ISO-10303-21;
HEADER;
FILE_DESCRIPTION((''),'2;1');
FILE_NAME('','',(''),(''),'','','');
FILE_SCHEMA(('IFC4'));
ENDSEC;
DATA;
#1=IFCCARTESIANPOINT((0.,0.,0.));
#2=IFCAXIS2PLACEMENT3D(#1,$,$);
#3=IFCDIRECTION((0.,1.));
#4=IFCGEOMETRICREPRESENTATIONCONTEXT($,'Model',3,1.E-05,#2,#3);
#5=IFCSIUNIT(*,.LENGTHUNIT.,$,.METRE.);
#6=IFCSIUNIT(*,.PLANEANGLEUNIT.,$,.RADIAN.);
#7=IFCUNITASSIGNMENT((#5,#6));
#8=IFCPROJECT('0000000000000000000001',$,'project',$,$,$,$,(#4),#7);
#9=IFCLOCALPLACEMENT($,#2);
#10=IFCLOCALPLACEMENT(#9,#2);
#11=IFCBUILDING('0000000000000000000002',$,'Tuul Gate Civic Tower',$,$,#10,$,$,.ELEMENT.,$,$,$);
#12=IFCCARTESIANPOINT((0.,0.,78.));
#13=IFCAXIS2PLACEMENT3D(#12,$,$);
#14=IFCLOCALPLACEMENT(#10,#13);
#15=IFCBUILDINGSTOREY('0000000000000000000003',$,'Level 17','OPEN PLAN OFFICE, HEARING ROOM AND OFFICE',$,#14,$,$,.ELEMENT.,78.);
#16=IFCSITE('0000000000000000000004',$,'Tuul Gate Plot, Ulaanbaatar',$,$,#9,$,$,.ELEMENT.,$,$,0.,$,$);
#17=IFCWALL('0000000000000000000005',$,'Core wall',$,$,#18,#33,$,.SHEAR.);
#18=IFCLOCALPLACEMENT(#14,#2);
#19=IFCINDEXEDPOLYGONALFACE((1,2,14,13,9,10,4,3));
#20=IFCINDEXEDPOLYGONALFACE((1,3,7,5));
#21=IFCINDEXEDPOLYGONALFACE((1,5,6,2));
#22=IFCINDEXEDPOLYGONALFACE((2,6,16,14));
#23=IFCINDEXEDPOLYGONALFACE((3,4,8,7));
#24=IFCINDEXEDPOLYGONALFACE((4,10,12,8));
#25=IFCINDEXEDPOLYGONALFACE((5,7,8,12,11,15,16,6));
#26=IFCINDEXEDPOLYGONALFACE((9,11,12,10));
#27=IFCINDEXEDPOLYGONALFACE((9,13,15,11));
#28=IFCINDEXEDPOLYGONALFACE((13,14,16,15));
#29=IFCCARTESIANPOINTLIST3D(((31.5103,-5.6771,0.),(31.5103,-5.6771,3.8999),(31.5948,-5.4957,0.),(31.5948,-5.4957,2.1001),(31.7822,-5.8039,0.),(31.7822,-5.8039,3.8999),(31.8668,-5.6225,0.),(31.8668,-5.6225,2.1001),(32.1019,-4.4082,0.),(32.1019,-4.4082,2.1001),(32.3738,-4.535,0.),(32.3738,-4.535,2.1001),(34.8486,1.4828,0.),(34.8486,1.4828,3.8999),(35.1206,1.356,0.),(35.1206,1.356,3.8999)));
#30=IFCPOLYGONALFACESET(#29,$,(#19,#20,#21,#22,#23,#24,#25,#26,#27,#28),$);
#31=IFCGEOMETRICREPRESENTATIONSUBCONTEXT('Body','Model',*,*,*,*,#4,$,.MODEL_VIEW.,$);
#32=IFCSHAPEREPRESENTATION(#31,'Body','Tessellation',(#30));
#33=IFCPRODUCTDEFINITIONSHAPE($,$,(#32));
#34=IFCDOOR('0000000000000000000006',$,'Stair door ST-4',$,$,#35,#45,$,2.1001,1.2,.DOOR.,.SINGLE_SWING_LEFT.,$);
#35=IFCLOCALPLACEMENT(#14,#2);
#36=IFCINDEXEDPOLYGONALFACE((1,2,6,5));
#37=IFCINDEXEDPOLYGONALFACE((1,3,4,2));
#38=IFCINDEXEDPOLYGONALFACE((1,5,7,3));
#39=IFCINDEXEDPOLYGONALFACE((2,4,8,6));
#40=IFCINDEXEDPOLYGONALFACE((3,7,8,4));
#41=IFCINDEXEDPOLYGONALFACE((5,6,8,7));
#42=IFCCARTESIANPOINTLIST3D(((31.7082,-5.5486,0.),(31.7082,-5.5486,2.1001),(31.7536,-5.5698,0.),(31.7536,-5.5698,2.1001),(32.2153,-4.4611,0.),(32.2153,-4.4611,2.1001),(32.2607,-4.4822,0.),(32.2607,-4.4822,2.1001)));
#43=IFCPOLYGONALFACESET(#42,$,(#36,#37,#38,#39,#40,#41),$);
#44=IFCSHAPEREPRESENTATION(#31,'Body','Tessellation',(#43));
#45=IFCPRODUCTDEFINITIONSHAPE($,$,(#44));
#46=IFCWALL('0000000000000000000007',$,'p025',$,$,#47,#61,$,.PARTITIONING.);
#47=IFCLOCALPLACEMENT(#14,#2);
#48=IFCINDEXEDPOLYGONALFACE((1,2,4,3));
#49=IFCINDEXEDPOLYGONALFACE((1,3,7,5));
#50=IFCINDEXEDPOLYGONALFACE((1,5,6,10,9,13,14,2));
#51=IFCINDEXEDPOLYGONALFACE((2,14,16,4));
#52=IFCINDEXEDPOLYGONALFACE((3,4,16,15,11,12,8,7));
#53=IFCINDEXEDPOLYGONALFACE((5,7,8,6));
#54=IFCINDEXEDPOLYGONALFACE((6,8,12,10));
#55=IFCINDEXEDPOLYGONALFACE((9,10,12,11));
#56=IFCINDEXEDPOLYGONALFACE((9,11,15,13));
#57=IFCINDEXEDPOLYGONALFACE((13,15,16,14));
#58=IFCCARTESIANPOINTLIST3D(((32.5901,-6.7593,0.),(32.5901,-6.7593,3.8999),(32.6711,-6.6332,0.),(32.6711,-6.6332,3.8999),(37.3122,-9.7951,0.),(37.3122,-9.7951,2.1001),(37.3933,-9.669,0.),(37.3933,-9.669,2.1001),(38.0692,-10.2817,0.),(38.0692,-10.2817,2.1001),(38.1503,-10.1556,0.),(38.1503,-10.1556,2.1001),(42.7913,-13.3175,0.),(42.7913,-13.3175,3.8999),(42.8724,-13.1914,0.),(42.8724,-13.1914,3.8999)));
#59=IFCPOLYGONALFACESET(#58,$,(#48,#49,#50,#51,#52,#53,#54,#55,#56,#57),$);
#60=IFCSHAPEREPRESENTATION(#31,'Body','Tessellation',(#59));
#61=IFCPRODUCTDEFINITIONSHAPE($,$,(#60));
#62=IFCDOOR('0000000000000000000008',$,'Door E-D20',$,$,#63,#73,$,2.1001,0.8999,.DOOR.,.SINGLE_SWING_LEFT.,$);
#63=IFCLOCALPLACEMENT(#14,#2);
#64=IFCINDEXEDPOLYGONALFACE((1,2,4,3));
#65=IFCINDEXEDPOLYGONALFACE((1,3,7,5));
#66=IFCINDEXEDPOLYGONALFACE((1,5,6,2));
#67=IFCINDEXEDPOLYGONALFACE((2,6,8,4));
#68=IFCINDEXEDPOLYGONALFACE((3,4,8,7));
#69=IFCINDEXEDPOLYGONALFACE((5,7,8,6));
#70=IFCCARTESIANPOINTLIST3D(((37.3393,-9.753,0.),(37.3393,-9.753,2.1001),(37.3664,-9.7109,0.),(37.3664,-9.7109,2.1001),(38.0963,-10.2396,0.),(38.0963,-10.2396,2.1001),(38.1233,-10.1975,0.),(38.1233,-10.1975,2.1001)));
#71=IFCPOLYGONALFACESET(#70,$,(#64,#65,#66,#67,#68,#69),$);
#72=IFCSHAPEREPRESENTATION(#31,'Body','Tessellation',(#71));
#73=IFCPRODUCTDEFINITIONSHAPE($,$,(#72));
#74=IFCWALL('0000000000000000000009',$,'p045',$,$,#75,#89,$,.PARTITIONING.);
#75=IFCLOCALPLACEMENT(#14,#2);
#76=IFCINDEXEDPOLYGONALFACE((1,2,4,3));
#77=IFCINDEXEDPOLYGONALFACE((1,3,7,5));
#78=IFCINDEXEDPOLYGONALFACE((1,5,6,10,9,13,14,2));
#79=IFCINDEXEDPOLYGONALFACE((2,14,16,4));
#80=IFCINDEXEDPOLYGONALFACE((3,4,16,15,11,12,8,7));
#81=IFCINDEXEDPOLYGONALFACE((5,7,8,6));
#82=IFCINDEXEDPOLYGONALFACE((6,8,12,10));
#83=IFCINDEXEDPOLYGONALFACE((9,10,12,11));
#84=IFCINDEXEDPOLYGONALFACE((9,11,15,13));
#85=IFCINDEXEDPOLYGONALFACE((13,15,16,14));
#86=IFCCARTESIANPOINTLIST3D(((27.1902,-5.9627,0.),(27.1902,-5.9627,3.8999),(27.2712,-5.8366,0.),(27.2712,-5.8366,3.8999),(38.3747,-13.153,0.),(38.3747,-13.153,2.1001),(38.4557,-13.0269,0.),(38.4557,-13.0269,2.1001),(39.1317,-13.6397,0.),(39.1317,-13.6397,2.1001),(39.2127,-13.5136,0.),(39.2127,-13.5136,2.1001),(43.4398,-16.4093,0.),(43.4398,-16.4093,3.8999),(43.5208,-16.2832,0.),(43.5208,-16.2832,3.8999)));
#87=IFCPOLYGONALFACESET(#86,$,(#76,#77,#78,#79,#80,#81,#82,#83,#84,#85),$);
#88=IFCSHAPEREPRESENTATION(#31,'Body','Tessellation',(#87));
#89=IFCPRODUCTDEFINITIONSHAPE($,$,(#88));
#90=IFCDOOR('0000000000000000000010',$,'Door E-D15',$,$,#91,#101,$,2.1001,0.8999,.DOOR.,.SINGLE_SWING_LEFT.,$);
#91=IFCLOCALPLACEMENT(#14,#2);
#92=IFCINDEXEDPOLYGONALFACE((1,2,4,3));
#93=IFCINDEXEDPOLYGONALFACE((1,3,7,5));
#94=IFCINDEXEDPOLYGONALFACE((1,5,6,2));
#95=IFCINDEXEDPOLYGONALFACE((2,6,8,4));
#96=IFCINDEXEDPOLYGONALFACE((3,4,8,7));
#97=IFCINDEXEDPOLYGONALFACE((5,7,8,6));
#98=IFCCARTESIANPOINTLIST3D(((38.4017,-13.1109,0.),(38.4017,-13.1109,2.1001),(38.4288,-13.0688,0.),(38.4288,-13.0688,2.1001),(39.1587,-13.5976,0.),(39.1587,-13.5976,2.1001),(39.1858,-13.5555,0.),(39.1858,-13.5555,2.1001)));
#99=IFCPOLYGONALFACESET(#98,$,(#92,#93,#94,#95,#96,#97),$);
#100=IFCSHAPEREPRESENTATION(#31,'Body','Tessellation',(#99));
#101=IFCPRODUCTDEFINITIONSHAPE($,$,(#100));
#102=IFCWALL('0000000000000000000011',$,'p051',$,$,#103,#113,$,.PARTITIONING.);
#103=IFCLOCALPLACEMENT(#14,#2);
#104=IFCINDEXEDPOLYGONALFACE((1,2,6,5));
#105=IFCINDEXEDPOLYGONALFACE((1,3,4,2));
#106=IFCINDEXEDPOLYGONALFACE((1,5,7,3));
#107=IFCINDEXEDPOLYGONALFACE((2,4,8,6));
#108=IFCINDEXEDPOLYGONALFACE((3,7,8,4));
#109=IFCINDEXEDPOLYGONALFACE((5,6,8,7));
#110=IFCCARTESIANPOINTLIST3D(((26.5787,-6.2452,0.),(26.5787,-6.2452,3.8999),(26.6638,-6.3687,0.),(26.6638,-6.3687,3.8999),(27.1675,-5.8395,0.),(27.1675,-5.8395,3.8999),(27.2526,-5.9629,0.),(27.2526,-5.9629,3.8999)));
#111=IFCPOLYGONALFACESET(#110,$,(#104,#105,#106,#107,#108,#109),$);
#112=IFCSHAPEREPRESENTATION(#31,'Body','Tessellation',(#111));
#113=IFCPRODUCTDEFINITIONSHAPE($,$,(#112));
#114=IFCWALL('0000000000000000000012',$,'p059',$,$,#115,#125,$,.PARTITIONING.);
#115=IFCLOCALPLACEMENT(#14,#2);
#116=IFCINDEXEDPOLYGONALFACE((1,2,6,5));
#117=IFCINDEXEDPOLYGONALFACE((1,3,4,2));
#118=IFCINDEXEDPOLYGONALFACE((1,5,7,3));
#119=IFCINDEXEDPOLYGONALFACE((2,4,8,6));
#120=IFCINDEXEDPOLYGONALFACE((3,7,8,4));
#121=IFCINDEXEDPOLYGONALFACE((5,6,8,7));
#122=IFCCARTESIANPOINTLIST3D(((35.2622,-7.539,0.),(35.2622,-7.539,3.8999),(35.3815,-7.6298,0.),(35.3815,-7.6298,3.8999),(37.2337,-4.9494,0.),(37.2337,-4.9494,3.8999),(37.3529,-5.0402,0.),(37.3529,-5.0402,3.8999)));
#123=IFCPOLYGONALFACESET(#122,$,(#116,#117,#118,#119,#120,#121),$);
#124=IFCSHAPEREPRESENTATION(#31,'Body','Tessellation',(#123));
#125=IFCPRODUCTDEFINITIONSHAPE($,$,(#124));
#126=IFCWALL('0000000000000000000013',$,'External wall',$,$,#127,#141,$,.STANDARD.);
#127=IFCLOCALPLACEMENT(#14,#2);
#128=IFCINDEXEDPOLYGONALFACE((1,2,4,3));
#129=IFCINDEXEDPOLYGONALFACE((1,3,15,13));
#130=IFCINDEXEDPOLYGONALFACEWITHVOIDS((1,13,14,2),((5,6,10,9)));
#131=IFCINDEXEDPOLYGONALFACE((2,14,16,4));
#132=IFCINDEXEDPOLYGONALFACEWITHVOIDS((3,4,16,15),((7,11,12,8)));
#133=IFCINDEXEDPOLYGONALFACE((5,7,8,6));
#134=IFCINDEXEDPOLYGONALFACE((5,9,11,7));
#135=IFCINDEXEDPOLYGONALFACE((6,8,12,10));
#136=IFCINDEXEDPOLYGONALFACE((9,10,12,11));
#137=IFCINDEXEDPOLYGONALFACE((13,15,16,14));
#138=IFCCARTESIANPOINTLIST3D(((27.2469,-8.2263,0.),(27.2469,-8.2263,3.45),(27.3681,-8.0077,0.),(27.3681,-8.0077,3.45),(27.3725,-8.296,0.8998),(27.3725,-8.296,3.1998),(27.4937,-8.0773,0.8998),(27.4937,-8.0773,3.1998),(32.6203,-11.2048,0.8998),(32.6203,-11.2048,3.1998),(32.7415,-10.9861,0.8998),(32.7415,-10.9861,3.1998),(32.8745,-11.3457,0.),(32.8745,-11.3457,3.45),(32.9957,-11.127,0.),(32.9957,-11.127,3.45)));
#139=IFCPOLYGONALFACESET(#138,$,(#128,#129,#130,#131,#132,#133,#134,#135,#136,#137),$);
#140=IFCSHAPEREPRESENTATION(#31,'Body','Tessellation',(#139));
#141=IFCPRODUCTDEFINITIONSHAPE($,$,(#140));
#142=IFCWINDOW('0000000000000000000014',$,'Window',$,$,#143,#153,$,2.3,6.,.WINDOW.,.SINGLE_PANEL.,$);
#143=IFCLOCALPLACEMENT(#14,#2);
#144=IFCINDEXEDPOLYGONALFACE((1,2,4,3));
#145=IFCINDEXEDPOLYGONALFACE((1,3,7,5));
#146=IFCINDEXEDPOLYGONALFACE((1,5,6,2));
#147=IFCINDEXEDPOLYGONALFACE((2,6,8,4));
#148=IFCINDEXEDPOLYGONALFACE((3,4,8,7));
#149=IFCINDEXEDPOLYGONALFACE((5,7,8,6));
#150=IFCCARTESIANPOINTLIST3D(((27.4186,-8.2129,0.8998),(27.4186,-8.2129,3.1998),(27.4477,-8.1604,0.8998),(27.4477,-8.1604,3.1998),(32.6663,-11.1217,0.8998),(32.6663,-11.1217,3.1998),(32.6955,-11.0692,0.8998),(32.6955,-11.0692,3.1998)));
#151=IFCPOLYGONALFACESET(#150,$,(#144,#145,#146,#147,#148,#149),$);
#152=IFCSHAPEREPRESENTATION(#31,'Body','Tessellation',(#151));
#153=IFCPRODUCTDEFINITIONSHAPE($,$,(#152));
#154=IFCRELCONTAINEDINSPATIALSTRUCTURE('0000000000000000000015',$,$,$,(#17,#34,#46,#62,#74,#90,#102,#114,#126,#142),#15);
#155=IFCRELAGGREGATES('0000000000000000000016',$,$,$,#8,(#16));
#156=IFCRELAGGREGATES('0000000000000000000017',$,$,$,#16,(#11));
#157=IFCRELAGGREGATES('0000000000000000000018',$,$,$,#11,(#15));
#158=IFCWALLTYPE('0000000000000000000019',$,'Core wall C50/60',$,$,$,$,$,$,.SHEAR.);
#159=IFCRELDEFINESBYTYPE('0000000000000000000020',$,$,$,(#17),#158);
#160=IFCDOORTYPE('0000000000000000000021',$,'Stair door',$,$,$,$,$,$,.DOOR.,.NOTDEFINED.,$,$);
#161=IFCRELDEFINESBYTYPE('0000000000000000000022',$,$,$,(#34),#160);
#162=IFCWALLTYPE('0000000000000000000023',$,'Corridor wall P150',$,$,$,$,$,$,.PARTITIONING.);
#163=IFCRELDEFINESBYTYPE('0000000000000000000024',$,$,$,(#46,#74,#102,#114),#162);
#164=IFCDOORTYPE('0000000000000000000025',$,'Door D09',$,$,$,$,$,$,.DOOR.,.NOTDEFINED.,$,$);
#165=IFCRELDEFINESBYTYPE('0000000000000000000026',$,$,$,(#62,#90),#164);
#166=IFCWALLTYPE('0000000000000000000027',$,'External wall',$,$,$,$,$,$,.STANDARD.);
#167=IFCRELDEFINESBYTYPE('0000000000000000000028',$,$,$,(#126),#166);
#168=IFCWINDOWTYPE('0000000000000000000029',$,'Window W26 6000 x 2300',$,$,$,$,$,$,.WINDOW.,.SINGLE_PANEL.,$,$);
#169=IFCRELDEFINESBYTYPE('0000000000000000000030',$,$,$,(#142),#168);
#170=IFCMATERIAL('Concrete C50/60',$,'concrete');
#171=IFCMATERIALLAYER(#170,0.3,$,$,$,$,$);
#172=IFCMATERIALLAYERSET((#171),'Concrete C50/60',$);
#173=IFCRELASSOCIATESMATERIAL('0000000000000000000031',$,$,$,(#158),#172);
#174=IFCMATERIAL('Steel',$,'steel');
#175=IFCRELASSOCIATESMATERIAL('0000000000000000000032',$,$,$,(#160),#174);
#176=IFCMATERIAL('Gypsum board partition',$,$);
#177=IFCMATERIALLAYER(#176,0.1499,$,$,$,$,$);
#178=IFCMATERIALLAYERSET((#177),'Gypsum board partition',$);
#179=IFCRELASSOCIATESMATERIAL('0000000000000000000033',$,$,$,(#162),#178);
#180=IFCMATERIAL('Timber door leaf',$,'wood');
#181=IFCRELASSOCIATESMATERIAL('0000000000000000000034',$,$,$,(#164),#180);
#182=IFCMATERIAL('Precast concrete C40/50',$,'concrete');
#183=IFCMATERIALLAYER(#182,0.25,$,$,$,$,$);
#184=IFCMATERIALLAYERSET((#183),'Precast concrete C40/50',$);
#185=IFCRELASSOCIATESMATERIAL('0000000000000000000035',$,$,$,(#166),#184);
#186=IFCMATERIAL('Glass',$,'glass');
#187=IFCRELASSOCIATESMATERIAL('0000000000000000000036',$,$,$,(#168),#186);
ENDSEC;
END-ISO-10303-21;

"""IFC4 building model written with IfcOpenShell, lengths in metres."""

from ifc_helpers import new_model, si_unit, direction, frame, frame_2d, origin, place, context, subcontext, project, spatial, rectangle, extrude, material, layer, layer_set, type_object, element, fill, save


model = new_model("IFC4")

# Units and contexts
model_context = context("Model", 3, precision=1e-05, world=origin(), true_north=direction((0.0, 1.0)))
body_context = subcontext(model_context, "Body", "Model", "MODEL_VIEW")
ifc_project = project(units=[si_unit("LENGTHUNIT", "METRE"), si_unit("PLANEANGLEUNIT", "RADIAN")], contexts=[model_context])

# Site, building, storey
site_placement = place(None, origin())
site = spatial("IfcSite", under=ifc_project, at=site_placement, Name="Tuul Gate Plot, Ulaanbaatar", CompositionType="ELEMENT", RefElevation=0.0)
building_placement = place(site_placement, origin())
building = spatial("IfcBuilding", under=site, at=building_placement, Name="Tuul Gate Civic Tower", CompositionType="ELEMENT")
storey_placement = place(building_placement, frame((0.0, 0.0, 78.0)))
storey = spatial("IfcBuildingStorey", under=building, at=storey_placement, Name="Level 17", Description="OPEN PLAN OFFICE, HEARING ROOM AND OFFICE", CompositionType="ELEMENT", Elevation=78.0)

# Shared definitions
ifc_material_1 = material(Name="Concrete C50/60", Category="concrete")
ifc_layer_1 = layer(ifc_material_1, 0.3)
ifc_layer_set_1 = layer_set([ifc_layer_1], Name="Concrete C50/60")
wall_type_1 = type_object("IfcWallType", Name="Core wall C50/60", PredefinedType="SHEAR", material=ifc_layer_set_1)

# Walls, openings, doors
wall_1_placement = place(storey_placement, frame((31.6462, -5.7405, 0.0), z_axis=(0.0, 0.0, 1.0), x_axis=(0.422583, 0.906324, 0.0)))
wall_1 = element("IfcWall", 1, at=wall_1_placement, inside=storey, type_object=wall_type_1, Name="Core wall", PredefinedType="SHEAR", context=body_context, shape_type="SweptSolid", body=[
    extrude(rectangle(XDim=7.8999, YDim=0.3, at=frame_2d((3.95, 0.0))), origin(), (0.0, 0.0, 1.0), 3.8999),
])
opening_1_placement = place(wall_1_placement, frame((0.2, 0.0, 0.0)))
opening_1 = element("IfcOpeningElement", 2, at=opening_1_placement, cuts=wall_1, PredefinedType="OPENING", context=body_context, shape_type="SweptSolid", body=[
    extrude(rectangle(XDim=1.2, YDim=2.1001, at=frame_2d((0.6001, 1.05))), frame((0.0, 0.1602, 0.0), z_axis=(0.0, -1.0, 0.0), x_axis=(1.0, 0.0, 0.0)), (0.0, 0.0, 1.0), 0.3201),
])
ifc_material_2 = material(Name="Steel", Category="steel")
door_type_1 = type_object("IfcDoorType", Name="Stair door", OperationType="NOTDEFINED", PredefinedType="DOOR", material=ifc_material_2)
door_1_placement = place(opening_1_placement, origin())
door_1 = element("IfcDoor", 3, at=door_1_placement, inside=storey, type_object=door_type_1, Name="Stair door ST-4", OperationType="SINGLE_SWING_LEFT", OverallHeight=2.1001, OverallWidth=1.2, PredefinedType="DOOR", context=body_context, shape_type="SweptSolid", body=[
    extrude(rectangle(XDim=1.2, YDim=2.1001, at=frame_2d((0.6001, 1.05))), frame((0.0, 0.0249, 0.0), z_axis=(0.0, -1.0, 0.0), x_axis=(1.0, 0.0, 0.0)), (0.0, 0.0, 1.0), 0.05),
])
fill(opening_1, door_1)
ifc_material_3 = material(Name="Gypsum board partition")
ifc_layer_2 = layer(ifc_material_3, 0.1499)
ifc_layer_set_2 = layer_set([ifc_layer_2], Name="Gypsum board partition")
wall_type_2 = type_object("IfcWallType", Name="Corridor wall P150", PredefinedType="PARTITIONING", material=ifc_layer_set_2)
wall_2_placement = place(storey_placement, frame((32.6306, -6.6963, 0.0), z_axis=(0.0, 0.0, 1.0), x_axis=(0.841171, -0.54077, 0.0)))
wall_2 = element("IfcWall", 4, at=wall_2_placement, inside=storey, type_object=wall_type_2, Name="p025", PredefinedType="PARTITIONING", context=body_context, shape_type="SweptSolid", body=[
    extrude(rectangle(XDim=12.1274, YDim=0.1499, at=frame_2d((6.0637, 0.0))), origin(), (0.0, 0.0, 1.0), 3.8999),
])
opening_2_placement = place(wall_2_placement, frame((5.6138, 0.0, 0.0)))
opening_2 = element("IfcOpeningElement", 5, at=opening_2_placement, cuts=wall_2, PredefinedType="OPENING", context=body_context, shape_type="SweptSolid", body=[
    extrude(rectangle(XDim=0.8999, YDim=2.1001, at=frame_2d((0.45, 1.05))), frame((0.0, 0.085, 0.0), z_axis=(0.0, -1.0, 0.0), x_axis=(1.0, 0.0, 0.0)), (0.0, 0.0, 1.0), 0.1699),
])
ifc_material_4 = material(Name="Timber door leaf", Category="wood")
door_type_2 = type_object("IfcDoorType", Name="Door D09", OperationType="NOTDEFINED", PredefinedType="DOOR", material=ifc_material_4)
door_2_placement = place(opening_2_placement, frame((0.8999, 0.0, 0.0), z_axis=(0.0, 0.0, 1.0), x_axis=(-1.0, 0.0, 0.0)))
door_2 = element("IfcDoor", 6, at=door_2_placement, inside=storey, type_object=door_type_2, Name="Door E-D20", OperationType="SINGLE_SWING_LEFT", OverallHeight=2.1001, OverallWidth=0.8999, PredefinedType="DOOR", context=body_context, shape_type="SweptSolid", body=[
    extrude(rectangle(XDim=0.8999, YDim=2.1001, at=frame_2d((0.45, 1.05))), frame((0.0, 0.0249, 0.0), z_axis=(0.0, -1.0, 0.0), x_axis=(1.0, 0.0, 0.0)), (0.0, 0.0, 1.0), 0.05),
])
fill(opening_2, door_2)
wall_3_placement = place(storey_placement, frame((27.2307, -5.8997, 0.0), z_axis=(0.0, 0.0, 1.0), x_axis=(0.841169, -0.540773, 0.0)))
wall_3 = element("IfcWall", 7, at=wall_3_placement, inside=storey, type_object=wall_type_2, Name="p045", PredefinedType="PARTITIONING", context=body_context, shape_type="SweptSolid", body=[
    extrude(rectangle(XDim=19.3179, YDim=0.1499, at=frame_2d((9.6589, 0.0))), origin(), (0.0, 0.0, 1.0), 3.8999),
])
opening_3_placement = place(wall_3_placement, frame((13.2964, 0.0, 0.0)))
opening_3 = element("IfcOpeningElement", 8, at=opening_3_placement, cuts=wall_3, PredefinedType="OPENING", context=body_context, shape_type="SweptSolid", body=[
    extrude(rectangle(XDim=0.8999, YDim=2.1001, at=frame_2d((0.45, 1.05))), frame((0.0, 0.085, 0.0), z_axis=(0.0, -1.0, 0.0), x_axis=(1.0, 0.0, 0.0)), (0.0, 0.0, 1.0), 0.1699),
])
door_3_placement = place(opening_3_placement, frame((0.8999, 0.0, 0.0), z_axis=(0.0, 0.0, 1.0), x_axis=(-1.0, 0.0, 0.0)))
door_3 = element("IfcDoor", 9, at=door_3_placement, inside=storey, type_object=door_type_2, Name="Door E-D15", OperationType="SINGLE_SWING_LEFT", OverallHeight=2.1001, OverallWidth=0.8999, PredefinedType="DOOR", context=body_context, shape_type="SweptSolid", body=[
    extrude(rectangle(XDim=0.8999, YDim=2.1001, at=frame_2d((0.45, 1.05))), frame((0.0, 0.0249, 0.0), z_axis=(0.0, -1.0, 0.0), x_axis=(1.0, 0.0, 0.0)), (0.0, 0.0, 1.0), 0.05),
])
fill(opening_3, door_3)

# Walls
wall_4_placement = place(storey_placement, frame((26.6213, -6.3069, 0.0), z_axis=(0.0, 0.0, 1.0), x_axis=(0.823444, 0.567398, 0.0)))
element("IfcWall", 10, at=wall_4_placement, inside=storey, type_object=wall_type_2, Name="p051", PredefinedType="PARTITIONING", context=body_context, shape_type="SweptSolid", body=[
    extrude(rectangle(XDim=0.7151, YDim=0.1499, at=frame_2d((0.3574, 0.0))), origin(), (0.0, 0.0, 1.0), 3.8999),
])
wall_5_placement = place(storey_placement, frame((35.3218, -7.5845, 0.0), z_axis=(0.0, 0.0, 1.0), x_axis=(0.605734, 0.795668, 0.0)))
element("IfcWall", 11, at=wall_5_placement, inside=storey, type_object=wall_type_2, Name="p059", PredefinedType="PARTITIONING", context=body_context, shape_type="SweptSolid", body=[
    extrude(rectangle(XDim=3.2546, YDim=0.1499, at=frame_2d((1.6274, 0.0))), origin(), (0.0, 0.0, 1.0), 3.8999),
])

# Wall, opening, window
ifc_material_5 = material(Name="Precast concrete C40/50", Category="concrete")
ifc_layer_3 = layer(ifc_material_5, 0.25)
ifc_layer_set_3 = layer_set([ifc_layer_3], Name="Precast concrete C40/50")
wall_type_3 = type_object("IfcWallType", Name="External wall", PredefinedType="STANDARD", material=ifc_layer_set_3)
wall_6_placement = place(storey_placement, frame((27.3074, -8.1169, 0.0), z_axis=(0.0, 0.0, 1.0), x_axis=(0.874626, -0.484799, 0.0)))
wall_6 = element("IfcWall", 12, at=wall_6_placement, inside=storey, type_object=wall_type_3, Name="External wall", PredefinedType="STANDARD", context=body_context, shape_type="SweptSolid", body=[
    extrude(rectangle(XDim=6.4343, YDim=0.25, at=frame_2d((3.2173, 0.0))), origin(), (0.0, 0.0, 1.0), 3.45),
])
opening_4_placement = place(wall_6_placement, frame((0.1438, 0.0, 0.8999)))
opening_4 = element("IfcOpeningElement", 13, at=opening_4_placement, cuts=wall_6, PredefinedType="OPENING", context=body_context, shape_type="SweptSolid", body=[
    extrude(rectangle(XDim=6.0, YDim=2.3, at=frame_2d((3.0, 1.1499))), frame((0.0, 0.135, 0.0), z_axis=(0.0, -1.0, 0.0), x_axis=(1.0, 0.0, 0.0)), (0.0, 0.0, 1.0), 0.27),
])
ifc_material_6 = material(Name="Glass", Category="glass")
window_type = type_object("IfcWindowType", Name="Window W26 6000 x 2300", PartitioningType="SINGLE_PANEL", PredefinedType="WINDOW", material=ifc_material_6)
window_1_placement = place(opening_4_placement, origin())
window_1 = element("IfcWindow", 14, at=window_1_placement, inside=storey, type_object=window_type, Name="Window", OverallHeight=2.3, OverallWidth=6.0, PartitioningType="SINGLE_PANEL", PredefinedType="WINDOW", context=body_context, shape_type="SweptSolid", body=[
    extrude(rectangle(XDim=6.0, YDim=2.3, at=frame_2d((3.0, 1.1499))), frame((0.0, 0.03, 0.0), z_axis=(0.0, -1.0, 0.0), x_axis=(1.0, 0.0, 0.0)), (0.0, 0.0, 1.0), 0.0601),
])
fill(opening_4, window_1)

save(model, "model.ifc")
